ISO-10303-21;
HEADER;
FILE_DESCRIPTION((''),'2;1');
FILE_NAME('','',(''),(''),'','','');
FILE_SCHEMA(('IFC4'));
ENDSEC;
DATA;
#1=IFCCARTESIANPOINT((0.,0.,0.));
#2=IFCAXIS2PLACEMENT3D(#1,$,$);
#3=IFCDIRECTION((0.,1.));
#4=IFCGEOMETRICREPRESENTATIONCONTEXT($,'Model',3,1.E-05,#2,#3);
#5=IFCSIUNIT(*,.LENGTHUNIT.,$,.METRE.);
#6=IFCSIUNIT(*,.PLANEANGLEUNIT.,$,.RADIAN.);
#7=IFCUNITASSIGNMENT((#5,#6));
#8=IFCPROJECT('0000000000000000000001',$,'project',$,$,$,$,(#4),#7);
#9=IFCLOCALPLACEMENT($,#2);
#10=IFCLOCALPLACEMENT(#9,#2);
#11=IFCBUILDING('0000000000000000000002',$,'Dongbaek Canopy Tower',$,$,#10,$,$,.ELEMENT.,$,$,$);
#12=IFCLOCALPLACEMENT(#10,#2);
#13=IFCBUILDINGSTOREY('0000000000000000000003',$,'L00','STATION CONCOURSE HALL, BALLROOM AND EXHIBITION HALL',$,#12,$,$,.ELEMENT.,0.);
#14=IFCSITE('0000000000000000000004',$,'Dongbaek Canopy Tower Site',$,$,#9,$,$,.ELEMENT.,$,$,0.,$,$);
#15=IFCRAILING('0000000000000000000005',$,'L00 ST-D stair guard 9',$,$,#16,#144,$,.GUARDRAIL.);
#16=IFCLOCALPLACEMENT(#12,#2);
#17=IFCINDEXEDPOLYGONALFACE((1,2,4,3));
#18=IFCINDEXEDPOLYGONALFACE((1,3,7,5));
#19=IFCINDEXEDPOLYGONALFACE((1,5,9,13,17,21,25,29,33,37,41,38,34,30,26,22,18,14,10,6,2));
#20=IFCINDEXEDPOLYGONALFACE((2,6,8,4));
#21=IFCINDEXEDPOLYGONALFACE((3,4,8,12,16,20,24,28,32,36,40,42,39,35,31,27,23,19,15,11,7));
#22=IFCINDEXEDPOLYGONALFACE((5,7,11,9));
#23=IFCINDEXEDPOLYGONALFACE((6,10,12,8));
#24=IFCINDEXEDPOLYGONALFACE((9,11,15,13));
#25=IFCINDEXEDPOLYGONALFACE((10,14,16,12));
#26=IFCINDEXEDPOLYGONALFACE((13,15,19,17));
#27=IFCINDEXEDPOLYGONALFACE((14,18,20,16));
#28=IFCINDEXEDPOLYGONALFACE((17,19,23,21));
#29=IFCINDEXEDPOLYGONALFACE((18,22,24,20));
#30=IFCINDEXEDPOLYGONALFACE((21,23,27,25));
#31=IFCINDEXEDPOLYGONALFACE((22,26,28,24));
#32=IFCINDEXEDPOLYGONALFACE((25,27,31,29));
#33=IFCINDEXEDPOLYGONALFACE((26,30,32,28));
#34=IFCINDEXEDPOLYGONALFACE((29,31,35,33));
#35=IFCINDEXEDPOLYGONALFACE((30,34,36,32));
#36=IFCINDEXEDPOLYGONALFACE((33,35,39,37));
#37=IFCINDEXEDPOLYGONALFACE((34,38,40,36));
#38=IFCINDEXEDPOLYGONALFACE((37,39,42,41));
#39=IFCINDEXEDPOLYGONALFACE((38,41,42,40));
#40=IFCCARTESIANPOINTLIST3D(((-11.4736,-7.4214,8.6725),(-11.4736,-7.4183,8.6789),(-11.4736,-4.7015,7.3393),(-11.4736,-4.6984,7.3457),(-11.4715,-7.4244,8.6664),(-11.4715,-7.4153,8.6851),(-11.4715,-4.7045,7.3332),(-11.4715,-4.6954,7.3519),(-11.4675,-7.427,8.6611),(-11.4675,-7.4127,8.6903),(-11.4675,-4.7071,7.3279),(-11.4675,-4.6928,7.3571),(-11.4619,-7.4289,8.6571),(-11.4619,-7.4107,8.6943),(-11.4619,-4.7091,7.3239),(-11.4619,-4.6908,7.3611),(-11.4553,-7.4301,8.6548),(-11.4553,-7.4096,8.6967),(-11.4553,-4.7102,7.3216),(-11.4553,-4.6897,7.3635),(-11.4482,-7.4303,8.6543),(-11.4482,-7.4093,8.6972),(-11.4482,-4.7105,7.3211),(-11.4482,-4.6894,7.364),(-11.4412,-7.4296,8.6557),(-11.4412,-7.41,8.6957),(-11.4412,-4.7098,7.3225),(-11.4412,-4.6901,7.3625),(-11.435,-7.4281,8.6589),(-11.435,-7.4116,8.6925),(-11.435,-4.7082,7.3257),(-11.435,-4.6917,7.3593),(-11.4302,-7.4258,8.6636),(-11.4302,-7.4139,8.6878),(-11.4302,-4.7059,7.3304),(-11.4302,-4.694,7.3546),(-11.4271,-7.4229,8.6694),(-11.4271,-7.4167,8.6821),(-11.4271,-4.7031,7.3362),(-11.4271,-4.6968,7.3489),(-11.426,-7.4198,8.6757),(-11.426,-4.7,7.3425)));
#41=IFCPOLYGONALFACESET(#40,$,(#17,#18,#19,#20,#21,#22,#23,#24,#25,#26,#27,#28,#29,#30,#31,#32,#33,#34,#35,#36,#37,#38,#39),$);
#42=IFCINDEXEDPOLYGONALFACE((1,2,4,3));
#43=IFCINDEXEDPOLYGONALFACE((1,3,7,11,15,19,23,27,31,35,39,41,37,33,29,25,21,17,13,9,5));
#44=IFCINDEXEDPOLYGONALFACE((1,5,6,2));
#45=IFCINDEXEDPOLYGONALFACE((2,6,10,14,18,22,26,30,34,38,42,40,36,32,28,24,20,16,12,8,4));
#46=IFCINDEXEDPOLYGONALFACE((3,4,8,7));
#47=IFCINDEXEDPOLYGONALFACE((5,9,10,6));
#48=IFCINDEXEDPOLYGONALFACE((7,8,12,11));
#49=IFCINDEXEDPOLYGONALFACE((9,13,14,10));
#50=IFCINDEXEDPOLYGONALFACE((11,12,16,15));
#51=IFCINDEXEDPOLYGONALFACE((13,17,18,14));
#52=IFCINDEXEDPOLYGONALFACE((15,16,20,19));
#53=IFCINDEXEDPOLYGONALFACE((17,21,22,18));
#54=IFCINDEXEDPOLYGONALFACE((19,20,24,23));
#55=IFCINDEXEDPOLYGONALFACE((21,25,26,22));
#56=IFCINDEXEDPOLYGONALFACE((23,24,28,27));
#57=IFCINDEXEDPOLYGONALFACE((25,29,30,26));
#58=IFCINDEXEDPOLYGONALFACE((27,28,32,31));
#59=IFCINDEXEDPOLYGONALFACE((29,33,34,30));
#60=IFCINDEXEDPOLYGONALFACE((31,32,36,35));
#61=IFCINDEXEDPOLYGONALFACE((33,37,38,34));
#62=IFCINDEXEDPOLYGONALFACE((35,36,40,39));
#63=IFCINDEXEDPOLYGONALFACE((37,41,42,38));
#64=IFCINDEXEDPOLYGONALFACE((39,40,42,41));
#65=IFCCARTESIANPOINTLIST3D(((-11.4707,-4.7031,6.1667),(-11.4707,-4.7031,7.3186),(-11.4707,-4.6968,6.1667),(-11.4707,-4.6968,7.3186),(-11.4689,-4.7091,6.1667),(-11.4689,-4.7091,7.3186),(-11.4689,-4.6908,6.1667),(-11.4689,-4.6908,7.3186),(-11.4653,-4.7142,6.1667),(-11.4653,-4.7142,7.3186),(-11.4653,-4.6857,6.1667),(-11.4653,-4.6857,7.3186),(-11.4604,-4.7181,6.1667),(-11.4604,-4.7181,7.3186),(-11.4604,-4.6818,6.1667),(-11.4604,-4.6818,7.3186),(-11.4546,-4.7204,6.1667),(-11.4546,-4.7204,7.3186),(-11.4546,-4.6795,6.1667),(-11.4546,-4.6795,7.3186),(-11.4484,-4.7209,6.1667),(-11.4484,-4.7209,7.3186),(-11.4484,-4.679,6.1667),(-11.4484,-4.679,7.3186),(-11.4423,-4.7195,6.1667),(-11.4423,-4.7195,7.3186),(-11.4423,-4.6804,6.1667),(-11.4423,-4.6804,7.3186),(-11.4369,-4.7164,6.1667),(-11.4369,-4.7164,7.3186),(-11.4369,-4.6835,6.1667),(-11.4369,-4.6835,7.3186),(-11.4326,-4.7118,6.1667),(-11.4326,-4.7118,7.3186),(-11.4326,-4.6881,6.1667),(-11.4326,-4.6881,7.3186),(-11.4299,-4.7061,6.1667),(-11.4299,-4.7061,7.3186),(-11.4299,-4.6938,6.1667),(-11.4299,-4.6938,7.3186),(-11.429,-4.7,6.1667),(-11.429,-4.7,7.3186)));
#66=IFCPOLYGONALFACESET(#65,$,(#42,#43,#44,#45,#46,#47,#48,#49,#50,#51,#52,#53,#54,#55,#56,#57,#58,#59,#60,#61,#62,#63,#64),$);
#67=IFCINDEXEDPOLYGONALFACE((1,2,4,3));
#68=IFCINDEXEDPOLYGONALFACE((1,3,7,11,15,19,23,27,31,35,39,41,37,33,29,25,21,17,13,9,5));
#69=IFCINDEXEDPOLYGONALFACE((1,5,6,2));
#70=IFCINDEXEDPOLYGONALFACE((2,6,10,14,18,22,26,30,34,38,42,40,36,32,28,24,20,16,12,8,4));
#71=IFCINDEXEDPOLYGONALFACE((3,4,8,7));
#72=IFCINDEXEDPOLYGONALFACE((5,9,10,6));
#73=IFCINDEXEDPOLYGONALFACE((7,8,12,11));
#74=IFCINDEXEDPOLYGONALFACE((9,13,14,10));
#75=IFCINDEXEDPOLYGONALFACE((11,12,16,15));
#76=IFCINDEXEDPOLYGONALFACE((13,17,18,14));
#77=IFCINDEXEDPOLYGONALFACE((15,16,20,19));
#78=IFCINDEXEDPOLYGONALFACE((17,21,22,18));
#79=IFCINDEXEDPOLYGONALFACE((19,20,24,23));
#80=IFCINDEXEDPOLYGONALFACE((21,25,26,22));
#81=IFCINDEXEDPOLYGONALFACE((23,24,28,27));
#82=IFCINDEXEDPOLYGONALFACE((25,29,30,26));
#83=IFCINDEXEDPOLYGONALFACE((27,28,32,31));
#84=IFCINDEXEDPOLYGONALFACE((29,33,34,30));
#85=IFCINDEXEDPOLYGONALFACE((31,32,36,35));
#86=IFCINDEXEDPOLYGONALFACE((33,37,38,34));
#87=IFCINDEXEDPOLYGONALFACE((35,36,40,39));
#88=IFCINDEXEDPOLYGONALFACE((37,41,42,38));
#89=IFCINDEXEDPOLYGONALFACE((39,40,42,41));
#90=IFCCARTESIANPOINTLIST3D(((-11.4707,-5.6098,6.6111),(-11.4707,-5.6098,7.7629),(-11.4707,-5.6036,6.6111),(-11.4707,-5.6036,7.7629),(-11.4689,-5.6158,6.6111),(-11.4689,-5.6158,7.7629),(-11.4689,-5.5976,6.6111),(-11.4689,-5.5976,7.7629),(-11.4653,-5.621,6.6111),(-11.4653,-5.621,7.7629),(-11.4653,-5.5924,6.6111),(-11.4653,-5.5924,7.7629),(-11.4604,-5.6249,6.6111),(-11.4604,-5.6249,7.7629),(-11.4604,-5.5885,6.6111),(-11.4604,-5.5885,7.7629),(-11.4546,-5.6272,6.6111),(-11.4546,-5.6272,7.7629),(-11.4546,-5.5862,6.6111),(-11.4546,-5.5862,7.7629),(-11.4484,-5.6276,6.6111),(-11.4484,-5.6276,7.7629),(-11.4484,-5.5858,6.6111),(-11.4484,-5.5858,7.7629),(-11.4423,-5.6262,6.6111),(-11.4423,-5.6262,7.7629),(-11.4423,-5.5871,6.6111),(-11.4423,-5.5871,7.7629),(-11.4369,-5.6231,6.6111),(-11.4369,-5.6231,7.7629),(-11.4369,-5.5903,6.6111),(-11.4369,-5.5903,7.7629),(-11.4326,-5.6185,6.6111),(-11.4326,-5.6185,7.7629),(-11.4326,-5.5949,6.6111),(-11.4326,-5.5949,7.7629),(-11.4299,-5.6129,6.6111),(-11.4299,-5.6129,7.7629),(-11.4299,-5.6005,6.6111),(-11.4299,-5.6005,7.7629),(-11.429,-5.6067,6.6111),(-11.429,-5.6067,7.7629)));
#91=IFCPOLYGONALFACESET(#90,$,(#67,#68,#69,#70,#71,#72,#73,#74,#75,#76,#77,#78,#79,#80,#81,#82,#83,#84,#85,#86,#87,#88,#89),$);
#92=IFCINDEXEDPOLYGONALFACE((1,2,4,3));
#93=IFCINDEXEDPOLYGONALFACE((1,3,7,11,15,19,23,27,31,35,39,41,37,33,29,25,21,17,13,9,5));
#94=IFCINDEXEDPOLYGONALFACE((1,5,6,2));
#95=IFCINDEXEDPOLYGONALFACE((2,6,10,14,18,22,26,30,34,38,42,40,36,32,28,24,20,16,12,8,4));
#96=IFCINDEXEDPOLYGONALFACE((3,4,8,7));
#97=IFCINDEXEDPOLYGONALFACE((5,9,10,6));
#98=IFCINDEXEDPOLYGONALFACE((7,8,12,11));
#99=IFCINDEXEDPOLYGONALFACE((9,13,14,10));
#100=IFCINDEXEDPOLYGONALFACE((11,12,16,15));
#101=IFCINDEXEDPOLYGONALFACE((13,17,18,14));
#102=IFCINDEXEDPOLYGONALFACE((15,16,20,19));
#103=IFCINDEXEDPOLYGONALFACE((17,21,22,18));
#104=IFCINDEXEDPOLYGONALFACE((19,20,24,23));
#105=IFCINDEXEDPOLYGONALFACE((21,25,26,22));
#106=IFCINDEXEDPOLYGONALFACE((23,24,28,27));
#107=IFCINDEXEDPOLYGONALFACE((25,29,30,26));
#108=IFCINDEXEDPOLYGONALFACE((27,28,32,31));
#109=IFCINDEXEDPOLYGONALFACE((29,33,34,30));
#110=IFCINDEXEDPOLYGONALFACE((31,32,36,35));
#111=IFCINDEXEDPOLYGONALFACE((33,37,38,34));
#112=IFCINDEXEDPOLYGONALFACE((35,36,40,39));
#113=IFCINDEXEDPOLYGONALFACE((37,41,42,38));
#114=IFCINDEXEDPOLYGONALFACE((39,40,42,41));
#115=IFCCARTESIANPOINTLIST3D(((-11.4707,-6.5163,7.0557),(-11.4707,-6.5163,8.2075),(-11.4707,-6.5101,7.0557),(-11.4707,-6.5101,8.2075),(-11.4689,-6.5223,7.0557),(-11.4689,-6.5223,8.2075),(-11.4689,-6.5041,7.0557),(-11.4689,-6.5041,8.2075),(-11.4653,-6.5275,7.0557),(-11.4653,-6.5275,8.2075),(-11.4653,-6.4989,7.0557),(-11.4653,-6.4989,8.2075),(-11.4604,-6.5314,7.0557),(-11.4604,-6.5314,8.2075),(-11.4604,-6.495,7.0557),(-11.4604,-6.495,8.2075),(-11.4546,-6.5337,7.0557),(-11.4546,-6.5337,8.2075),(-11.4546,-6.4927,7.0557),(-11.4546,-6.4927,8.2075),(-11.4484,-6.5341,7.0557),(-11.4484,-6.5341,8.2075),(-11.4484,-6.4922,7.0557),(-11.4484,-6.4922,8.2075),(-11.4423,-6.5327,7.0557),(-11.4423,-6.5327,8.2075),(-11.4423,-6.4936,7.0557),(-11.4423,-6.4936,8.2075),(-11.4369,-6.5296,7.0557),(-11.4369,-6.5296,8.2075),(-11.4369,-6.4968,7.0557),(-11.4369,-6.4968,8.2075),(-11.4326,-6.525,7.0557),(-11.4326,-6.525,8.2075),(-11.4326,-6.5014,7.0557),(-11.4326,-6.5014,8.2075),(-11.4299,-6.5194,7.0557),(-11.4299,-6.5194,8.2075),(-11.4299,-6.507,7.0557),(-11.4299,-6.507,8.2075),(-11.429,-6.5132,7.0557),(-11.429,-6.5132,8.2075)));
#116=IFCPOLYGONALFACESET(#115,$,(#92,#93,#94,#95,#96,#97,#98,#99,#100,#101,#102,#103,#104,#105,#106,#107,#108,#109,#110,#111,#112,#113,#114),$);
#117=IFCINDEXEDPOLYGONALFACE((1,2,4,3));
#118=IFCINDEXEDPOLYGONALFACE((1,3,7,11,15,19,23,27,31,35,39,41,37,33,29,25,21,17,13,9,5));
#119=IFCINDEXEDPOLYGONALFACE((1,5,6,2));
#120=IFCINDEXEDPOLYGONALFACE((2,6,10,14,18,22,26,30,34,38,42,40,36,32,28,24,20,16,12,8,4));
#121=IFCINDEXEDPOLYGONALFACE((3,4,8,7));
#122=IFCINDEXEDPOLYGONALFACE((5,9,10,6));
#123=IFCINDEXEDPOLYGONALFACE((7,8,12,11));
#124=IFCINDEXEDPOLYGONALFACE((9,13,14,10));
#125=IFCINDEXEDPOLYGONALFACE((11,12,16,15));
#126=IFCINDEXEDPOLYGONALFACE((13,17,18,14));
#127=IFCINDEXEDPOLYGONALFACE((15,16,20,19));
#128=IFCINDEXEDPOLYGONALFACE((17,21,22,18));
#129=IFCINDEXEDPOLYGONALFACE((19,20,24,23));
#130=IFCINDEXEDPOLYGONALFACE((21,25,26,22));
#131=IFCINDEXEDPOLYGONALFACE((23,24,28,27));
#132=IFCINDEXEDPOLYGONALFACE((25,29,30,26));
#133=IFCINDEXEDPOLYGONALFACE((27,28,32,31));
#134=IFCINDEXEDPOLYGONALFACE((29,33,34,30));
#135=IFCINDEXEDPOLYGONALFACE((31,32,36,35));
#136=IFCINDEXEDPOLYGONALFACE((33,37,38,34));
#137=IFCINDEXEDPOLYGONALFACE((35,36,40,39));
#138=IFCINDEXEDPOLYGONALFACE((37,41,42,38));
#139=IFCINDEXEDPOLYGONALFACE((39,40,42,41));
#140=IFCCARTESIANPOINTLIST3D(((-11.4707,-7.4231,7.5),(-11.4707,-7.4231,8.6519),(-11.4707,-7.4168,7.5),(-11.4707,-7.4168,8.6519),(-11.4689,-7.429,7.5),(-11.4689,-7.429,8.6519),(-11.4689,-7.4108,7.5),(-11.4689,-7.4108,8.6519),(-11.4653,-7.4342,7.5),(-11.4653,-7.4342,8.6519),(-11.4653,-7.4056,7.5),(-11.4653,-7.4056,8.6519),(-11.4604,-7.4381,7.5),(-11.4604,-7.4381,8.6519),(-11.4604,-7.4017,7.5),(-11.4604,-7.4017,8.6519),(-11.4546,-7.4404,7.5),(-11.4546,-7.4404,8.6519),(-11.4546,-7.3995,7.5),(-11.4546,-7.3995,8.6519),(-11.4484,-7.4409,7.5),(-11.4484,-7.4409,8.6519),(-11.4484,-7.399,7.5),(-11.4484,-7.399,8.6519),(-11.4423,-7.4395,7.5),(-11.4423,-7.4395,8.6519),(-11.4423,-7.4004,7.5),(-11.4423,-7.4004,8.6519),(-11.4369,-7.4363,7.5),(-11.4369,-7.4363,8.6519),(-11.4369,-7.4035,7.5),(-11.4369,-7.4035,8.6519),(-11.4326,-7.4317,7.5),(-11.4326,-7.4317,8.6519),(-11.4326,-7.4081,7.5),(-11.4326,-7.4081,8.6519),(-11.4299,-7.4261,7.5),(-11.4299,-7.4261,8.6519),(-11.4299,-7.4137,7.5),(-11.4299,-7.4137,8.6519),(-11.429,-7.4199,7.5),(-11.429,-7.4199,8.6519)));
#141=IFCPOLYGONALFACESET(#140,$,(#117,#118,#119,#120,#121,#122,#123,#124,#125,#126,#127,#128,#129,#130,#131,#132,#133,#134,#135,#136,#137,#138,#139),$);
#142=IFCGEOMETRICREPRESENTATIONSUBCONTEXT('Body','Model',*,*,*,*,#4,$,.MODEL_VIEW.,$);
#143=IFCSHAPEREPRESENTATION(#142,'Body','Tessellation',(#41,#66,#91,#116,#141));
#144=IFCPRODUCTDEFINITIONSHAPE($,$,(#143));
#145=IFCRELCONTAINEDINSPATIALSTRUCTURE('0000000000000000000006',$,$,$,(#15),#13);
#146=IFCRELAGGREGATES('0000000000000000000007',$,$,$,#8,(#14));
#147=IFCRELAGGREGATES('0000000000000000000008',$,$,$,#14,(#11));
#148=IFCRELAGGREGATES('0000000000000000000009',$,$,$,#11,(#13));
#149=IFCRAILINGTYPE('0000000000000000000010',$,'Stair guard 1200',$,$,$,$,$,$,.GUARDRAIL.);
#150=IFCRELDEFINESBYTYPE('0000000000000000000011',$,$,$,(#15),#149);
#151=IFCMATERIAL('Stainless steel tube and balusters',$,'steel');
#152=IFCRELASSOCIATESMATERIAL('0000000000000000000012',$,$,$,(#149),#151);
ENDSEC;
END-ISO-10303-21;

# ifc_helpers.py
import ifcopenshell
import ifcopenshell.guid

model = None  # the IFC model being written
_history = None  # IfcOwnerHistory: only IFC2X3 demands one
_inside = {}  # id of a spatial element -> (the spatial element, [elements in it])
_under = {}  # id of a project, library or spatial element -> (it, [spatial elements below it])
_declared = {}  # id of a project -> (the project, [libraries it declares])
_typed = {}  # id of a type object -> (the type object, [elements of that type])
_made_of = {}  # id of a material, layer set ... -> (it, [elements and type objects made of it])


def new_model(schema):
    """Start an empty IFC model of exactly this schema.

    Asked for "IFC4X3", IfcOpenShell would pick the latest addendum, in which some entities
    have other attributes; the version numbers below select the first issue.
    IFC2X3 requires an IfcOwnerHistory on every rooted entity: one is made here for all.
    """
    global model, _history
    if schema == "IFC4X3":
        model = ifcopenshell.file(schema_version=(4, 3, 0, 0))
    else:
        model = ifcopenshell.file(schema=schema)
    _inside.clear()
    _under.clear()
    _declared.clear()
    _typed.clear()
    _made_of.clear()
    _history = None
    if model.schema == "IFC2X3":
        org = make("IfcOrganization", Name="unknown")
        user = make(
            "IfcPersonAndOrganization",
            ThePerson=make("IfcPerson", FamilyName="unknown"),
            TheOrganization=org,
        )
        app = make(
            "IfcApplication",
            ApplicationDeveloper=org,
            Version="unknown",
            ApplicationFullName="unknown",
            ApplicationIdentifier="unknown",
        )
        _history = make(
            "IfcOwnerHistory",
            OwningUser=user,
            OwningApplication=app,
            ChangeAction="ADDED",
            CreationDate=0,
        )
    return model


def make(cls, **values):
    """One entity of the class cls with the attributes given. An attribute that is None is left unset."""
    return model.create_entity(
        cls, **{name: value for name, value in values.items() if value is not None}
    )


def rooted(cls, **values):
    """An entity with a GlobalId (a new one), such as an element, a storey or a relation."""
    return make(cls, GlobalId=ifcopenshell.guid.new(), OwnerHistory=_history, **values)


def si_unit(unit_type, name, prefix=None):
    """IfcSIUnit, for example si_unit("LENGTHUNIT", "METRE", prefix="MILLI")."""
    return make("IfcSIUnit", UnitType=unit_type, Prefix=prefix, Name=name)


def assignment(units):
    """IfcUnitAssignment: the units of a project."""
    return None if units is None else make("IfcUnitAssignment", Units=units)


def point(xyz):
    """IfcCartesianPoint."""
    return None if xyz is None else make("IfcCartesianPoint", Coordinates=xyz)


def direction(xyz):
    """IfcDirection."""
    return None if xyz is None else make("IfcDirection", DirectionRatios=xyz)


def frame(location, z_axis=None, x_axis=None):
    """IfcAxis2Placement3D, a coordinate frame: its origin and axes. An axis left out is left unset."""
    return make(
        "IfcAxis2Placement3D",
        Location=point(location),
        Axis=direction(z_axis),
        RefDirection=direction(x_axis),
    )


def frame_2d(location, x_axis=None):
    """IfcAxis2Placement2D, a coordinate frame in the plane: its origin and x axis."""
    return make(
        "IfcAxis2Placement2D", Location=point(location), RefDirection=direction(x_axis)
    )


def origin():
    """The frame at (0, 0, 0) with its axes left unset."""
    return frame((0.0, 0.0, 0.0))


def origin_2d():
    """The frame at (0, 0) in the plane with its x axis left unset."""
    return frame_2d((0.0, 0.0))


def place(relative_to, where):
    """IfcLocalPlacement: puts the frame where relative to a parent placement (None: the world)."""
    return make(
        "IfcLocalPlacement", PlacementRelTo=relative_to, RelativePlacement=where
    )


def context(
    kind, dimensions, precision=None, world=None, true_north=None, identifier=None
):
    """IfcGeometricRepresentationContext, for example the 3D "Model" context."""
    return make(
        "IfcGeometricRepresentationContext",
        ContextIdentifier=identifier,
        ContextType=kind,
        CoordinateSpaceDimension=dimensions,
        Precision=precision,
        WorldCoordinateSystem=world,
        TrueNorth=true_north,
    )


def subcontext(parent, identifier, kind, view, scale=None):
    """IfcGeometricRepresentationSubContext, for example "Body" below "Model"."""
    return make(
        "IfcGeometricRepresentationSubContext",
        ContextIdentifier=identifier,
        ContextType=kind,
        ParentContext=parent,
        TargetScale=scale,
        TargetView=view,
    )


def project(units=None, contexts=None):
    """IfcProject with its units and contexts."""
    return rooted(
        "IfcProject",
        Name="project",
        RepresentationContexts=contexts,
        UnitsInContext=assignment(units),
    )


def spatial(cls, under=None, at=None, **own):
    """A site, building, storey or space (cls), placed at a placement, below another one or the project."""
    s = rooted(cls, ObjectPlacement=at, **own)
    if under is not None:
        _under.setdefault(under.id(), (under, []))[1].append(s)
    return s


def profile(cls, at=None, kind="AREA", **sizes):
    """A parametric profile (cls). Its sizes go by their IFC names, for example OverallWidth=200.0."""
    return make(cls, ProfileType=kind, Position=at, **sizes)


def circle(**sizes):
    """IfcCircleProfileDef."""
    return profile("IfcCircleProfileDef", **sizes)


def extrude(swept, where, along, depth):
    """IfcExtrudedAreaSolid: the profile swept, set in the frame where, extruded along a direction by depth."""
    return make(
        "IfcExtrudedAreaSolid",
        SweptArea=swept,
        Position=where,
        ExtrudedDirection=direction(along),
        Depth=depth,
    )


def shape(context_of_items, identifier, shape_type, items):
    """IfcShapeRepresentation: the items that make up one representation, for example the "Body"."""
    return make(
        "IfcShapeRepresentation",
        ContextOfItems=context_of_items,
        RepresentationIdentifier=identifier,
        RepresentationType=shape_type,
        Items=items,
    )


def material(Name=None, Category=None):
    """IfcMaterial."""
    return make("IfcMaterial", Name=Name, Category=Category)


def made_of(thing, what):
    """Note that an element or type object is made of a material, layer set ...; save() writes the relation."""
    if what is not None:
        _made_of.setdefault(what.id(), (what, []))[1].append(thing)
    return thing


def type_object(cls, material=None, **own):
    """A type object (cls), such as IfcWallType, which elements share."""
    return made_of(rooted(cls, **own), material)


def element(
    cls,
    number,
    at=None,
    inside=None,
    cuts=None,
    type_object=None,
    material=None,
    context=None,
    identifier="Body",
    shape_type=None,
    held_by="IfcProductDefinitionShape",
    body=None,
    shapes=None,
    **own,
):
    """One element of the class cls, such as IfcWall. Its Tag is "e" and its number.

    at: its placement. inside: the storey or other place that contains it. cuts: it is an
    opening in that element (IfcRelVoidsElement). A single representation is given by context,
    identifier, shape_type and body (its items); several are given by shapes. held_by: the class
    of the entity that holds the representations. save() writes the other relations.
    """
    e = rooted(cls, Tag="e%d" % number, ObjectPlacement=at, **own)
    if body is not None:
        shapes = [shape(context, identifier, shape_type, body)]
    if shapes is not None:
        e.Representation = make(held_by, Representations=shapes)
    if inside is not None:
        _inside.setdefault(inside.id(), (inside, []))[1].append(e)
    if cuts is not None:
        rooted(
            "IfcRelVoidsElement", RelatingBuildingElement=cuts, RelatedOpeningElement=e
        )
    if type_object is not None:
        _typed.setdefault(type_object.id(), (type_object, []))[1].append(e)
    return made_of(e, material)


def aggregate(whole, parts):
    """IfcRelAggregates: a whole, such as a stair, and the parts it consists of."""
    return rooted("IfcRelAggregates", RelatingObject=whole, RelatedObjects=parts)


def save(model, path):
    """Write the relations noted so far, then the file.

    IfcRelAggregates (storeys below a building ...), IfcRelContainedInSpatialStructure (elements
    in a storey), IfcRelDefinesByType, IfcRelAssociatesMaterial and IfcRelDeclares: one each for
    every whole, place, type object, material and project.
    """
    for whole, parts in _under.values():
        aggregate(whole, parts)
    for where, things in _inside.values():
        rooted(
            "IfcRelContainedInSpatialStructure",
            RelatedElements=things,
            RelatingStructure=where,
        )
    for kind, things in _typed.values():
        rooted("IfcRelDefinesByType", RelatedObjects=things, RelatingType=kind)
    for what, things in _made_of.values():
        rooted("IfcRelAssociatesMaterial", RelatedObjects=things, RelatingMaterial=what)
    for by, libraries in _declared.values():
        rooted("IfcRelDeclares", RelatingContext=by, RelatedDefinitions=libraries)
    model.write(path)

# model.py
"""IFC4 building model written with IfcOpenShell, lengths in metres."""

from ifc_helpers import new_model, si_unit, direction, frame, origin, origin_2d, place, context, subcontext, project, spatial, circle, extrude, material, type_object, element, save


model = new_model("IFC4")

# Units and contexts
model_context = context("Model", 3, precision=1e-05, world=origin(), true_north=direction((0.0, 1.0)))
body_context = subcontext(model_context, "Body", "Model", "MODEL_VIEW")
ifc_project = project(units=[si_unit("LENGTHUNIT", "METRE"), si_unit("PLANEANGLEUNIT", "RADIAN")], contexts=[model_context])

# Site, building, storey
site_placement = place(None, origin())
site = spatial("IfcSite", under=ifc_project, at=site_placement, Name="Dongbaek Canopy Tower Site", CompositionType="ELEMENT", RefElevation=0.0)
building_placement = place(site_placement, origin())
building = spatial("IfcBuilding", under=site, at=building_placement, Name="Dongbaek Canopy Tower", CompositionType="ELEMENT")
storey_placement = place(building_placement, origin())
storey = spatial("IfcBuildingStorey", under=building, at=storey_placement, Name="L00", Description="STATION CONCOURSE HALL, BALLROOM AND EXHIBITION HALL", CompositionType="ELEMENT", Elevation=0.0)

# Railing
ifc_material_1 = material(Name="Stainless steel tube and balusters", Category="steel")
railing_type_1 = type_object("IfcRailingType", Name="Stair guard 1200", PredefinedType="GUARDRAIL", material=ifc_material_1)
railing_1_placement = place(storey_placement, frame((-11.45, -4.7, 6.1667)))
element("IfcRailing", 1, at=railing_1_placement, inside=storey, type_object=railing_type_1, Name="L00 ST-D stair guard 9", PredefinedType="GUARDRAIL", context=body_context, shape_type="SweptSolid", body=[
    extrude(circle(Radius=0.0239, at=origin_2d()), frame((0.0, 0.0, 1.1758), z_axis=(0.0, -0.897929, 0.440139), x_axis=(1.0, 0.0, 0.0)), (0.0, 0.0, 1.0), 3.0291),
    extrude(circle(Radius=0.021, at=origin_2d()), origin(), (0.0, 0.0, 1.0), 1.1519),
    extrude(circle(Radius=0.021, at=origin_2d()), frame((0.0, -0.9067, 0.4443)), (0.0, 0.0, 1.0), 1.1519),
    extrude(circle(Radius=0.021, at=origin_2d()), frame((0.0, -1.8132, 0.8889)), (0.0, 0.0, 1.0), 1.1519),
    extrude(circle(Radius=0.021, at=origin_2d()), frame((0.0, -2.72, 1.3333)), (0.0, 0.0, 1.0), 1.1519),
])

save(model, "model.ifc")
